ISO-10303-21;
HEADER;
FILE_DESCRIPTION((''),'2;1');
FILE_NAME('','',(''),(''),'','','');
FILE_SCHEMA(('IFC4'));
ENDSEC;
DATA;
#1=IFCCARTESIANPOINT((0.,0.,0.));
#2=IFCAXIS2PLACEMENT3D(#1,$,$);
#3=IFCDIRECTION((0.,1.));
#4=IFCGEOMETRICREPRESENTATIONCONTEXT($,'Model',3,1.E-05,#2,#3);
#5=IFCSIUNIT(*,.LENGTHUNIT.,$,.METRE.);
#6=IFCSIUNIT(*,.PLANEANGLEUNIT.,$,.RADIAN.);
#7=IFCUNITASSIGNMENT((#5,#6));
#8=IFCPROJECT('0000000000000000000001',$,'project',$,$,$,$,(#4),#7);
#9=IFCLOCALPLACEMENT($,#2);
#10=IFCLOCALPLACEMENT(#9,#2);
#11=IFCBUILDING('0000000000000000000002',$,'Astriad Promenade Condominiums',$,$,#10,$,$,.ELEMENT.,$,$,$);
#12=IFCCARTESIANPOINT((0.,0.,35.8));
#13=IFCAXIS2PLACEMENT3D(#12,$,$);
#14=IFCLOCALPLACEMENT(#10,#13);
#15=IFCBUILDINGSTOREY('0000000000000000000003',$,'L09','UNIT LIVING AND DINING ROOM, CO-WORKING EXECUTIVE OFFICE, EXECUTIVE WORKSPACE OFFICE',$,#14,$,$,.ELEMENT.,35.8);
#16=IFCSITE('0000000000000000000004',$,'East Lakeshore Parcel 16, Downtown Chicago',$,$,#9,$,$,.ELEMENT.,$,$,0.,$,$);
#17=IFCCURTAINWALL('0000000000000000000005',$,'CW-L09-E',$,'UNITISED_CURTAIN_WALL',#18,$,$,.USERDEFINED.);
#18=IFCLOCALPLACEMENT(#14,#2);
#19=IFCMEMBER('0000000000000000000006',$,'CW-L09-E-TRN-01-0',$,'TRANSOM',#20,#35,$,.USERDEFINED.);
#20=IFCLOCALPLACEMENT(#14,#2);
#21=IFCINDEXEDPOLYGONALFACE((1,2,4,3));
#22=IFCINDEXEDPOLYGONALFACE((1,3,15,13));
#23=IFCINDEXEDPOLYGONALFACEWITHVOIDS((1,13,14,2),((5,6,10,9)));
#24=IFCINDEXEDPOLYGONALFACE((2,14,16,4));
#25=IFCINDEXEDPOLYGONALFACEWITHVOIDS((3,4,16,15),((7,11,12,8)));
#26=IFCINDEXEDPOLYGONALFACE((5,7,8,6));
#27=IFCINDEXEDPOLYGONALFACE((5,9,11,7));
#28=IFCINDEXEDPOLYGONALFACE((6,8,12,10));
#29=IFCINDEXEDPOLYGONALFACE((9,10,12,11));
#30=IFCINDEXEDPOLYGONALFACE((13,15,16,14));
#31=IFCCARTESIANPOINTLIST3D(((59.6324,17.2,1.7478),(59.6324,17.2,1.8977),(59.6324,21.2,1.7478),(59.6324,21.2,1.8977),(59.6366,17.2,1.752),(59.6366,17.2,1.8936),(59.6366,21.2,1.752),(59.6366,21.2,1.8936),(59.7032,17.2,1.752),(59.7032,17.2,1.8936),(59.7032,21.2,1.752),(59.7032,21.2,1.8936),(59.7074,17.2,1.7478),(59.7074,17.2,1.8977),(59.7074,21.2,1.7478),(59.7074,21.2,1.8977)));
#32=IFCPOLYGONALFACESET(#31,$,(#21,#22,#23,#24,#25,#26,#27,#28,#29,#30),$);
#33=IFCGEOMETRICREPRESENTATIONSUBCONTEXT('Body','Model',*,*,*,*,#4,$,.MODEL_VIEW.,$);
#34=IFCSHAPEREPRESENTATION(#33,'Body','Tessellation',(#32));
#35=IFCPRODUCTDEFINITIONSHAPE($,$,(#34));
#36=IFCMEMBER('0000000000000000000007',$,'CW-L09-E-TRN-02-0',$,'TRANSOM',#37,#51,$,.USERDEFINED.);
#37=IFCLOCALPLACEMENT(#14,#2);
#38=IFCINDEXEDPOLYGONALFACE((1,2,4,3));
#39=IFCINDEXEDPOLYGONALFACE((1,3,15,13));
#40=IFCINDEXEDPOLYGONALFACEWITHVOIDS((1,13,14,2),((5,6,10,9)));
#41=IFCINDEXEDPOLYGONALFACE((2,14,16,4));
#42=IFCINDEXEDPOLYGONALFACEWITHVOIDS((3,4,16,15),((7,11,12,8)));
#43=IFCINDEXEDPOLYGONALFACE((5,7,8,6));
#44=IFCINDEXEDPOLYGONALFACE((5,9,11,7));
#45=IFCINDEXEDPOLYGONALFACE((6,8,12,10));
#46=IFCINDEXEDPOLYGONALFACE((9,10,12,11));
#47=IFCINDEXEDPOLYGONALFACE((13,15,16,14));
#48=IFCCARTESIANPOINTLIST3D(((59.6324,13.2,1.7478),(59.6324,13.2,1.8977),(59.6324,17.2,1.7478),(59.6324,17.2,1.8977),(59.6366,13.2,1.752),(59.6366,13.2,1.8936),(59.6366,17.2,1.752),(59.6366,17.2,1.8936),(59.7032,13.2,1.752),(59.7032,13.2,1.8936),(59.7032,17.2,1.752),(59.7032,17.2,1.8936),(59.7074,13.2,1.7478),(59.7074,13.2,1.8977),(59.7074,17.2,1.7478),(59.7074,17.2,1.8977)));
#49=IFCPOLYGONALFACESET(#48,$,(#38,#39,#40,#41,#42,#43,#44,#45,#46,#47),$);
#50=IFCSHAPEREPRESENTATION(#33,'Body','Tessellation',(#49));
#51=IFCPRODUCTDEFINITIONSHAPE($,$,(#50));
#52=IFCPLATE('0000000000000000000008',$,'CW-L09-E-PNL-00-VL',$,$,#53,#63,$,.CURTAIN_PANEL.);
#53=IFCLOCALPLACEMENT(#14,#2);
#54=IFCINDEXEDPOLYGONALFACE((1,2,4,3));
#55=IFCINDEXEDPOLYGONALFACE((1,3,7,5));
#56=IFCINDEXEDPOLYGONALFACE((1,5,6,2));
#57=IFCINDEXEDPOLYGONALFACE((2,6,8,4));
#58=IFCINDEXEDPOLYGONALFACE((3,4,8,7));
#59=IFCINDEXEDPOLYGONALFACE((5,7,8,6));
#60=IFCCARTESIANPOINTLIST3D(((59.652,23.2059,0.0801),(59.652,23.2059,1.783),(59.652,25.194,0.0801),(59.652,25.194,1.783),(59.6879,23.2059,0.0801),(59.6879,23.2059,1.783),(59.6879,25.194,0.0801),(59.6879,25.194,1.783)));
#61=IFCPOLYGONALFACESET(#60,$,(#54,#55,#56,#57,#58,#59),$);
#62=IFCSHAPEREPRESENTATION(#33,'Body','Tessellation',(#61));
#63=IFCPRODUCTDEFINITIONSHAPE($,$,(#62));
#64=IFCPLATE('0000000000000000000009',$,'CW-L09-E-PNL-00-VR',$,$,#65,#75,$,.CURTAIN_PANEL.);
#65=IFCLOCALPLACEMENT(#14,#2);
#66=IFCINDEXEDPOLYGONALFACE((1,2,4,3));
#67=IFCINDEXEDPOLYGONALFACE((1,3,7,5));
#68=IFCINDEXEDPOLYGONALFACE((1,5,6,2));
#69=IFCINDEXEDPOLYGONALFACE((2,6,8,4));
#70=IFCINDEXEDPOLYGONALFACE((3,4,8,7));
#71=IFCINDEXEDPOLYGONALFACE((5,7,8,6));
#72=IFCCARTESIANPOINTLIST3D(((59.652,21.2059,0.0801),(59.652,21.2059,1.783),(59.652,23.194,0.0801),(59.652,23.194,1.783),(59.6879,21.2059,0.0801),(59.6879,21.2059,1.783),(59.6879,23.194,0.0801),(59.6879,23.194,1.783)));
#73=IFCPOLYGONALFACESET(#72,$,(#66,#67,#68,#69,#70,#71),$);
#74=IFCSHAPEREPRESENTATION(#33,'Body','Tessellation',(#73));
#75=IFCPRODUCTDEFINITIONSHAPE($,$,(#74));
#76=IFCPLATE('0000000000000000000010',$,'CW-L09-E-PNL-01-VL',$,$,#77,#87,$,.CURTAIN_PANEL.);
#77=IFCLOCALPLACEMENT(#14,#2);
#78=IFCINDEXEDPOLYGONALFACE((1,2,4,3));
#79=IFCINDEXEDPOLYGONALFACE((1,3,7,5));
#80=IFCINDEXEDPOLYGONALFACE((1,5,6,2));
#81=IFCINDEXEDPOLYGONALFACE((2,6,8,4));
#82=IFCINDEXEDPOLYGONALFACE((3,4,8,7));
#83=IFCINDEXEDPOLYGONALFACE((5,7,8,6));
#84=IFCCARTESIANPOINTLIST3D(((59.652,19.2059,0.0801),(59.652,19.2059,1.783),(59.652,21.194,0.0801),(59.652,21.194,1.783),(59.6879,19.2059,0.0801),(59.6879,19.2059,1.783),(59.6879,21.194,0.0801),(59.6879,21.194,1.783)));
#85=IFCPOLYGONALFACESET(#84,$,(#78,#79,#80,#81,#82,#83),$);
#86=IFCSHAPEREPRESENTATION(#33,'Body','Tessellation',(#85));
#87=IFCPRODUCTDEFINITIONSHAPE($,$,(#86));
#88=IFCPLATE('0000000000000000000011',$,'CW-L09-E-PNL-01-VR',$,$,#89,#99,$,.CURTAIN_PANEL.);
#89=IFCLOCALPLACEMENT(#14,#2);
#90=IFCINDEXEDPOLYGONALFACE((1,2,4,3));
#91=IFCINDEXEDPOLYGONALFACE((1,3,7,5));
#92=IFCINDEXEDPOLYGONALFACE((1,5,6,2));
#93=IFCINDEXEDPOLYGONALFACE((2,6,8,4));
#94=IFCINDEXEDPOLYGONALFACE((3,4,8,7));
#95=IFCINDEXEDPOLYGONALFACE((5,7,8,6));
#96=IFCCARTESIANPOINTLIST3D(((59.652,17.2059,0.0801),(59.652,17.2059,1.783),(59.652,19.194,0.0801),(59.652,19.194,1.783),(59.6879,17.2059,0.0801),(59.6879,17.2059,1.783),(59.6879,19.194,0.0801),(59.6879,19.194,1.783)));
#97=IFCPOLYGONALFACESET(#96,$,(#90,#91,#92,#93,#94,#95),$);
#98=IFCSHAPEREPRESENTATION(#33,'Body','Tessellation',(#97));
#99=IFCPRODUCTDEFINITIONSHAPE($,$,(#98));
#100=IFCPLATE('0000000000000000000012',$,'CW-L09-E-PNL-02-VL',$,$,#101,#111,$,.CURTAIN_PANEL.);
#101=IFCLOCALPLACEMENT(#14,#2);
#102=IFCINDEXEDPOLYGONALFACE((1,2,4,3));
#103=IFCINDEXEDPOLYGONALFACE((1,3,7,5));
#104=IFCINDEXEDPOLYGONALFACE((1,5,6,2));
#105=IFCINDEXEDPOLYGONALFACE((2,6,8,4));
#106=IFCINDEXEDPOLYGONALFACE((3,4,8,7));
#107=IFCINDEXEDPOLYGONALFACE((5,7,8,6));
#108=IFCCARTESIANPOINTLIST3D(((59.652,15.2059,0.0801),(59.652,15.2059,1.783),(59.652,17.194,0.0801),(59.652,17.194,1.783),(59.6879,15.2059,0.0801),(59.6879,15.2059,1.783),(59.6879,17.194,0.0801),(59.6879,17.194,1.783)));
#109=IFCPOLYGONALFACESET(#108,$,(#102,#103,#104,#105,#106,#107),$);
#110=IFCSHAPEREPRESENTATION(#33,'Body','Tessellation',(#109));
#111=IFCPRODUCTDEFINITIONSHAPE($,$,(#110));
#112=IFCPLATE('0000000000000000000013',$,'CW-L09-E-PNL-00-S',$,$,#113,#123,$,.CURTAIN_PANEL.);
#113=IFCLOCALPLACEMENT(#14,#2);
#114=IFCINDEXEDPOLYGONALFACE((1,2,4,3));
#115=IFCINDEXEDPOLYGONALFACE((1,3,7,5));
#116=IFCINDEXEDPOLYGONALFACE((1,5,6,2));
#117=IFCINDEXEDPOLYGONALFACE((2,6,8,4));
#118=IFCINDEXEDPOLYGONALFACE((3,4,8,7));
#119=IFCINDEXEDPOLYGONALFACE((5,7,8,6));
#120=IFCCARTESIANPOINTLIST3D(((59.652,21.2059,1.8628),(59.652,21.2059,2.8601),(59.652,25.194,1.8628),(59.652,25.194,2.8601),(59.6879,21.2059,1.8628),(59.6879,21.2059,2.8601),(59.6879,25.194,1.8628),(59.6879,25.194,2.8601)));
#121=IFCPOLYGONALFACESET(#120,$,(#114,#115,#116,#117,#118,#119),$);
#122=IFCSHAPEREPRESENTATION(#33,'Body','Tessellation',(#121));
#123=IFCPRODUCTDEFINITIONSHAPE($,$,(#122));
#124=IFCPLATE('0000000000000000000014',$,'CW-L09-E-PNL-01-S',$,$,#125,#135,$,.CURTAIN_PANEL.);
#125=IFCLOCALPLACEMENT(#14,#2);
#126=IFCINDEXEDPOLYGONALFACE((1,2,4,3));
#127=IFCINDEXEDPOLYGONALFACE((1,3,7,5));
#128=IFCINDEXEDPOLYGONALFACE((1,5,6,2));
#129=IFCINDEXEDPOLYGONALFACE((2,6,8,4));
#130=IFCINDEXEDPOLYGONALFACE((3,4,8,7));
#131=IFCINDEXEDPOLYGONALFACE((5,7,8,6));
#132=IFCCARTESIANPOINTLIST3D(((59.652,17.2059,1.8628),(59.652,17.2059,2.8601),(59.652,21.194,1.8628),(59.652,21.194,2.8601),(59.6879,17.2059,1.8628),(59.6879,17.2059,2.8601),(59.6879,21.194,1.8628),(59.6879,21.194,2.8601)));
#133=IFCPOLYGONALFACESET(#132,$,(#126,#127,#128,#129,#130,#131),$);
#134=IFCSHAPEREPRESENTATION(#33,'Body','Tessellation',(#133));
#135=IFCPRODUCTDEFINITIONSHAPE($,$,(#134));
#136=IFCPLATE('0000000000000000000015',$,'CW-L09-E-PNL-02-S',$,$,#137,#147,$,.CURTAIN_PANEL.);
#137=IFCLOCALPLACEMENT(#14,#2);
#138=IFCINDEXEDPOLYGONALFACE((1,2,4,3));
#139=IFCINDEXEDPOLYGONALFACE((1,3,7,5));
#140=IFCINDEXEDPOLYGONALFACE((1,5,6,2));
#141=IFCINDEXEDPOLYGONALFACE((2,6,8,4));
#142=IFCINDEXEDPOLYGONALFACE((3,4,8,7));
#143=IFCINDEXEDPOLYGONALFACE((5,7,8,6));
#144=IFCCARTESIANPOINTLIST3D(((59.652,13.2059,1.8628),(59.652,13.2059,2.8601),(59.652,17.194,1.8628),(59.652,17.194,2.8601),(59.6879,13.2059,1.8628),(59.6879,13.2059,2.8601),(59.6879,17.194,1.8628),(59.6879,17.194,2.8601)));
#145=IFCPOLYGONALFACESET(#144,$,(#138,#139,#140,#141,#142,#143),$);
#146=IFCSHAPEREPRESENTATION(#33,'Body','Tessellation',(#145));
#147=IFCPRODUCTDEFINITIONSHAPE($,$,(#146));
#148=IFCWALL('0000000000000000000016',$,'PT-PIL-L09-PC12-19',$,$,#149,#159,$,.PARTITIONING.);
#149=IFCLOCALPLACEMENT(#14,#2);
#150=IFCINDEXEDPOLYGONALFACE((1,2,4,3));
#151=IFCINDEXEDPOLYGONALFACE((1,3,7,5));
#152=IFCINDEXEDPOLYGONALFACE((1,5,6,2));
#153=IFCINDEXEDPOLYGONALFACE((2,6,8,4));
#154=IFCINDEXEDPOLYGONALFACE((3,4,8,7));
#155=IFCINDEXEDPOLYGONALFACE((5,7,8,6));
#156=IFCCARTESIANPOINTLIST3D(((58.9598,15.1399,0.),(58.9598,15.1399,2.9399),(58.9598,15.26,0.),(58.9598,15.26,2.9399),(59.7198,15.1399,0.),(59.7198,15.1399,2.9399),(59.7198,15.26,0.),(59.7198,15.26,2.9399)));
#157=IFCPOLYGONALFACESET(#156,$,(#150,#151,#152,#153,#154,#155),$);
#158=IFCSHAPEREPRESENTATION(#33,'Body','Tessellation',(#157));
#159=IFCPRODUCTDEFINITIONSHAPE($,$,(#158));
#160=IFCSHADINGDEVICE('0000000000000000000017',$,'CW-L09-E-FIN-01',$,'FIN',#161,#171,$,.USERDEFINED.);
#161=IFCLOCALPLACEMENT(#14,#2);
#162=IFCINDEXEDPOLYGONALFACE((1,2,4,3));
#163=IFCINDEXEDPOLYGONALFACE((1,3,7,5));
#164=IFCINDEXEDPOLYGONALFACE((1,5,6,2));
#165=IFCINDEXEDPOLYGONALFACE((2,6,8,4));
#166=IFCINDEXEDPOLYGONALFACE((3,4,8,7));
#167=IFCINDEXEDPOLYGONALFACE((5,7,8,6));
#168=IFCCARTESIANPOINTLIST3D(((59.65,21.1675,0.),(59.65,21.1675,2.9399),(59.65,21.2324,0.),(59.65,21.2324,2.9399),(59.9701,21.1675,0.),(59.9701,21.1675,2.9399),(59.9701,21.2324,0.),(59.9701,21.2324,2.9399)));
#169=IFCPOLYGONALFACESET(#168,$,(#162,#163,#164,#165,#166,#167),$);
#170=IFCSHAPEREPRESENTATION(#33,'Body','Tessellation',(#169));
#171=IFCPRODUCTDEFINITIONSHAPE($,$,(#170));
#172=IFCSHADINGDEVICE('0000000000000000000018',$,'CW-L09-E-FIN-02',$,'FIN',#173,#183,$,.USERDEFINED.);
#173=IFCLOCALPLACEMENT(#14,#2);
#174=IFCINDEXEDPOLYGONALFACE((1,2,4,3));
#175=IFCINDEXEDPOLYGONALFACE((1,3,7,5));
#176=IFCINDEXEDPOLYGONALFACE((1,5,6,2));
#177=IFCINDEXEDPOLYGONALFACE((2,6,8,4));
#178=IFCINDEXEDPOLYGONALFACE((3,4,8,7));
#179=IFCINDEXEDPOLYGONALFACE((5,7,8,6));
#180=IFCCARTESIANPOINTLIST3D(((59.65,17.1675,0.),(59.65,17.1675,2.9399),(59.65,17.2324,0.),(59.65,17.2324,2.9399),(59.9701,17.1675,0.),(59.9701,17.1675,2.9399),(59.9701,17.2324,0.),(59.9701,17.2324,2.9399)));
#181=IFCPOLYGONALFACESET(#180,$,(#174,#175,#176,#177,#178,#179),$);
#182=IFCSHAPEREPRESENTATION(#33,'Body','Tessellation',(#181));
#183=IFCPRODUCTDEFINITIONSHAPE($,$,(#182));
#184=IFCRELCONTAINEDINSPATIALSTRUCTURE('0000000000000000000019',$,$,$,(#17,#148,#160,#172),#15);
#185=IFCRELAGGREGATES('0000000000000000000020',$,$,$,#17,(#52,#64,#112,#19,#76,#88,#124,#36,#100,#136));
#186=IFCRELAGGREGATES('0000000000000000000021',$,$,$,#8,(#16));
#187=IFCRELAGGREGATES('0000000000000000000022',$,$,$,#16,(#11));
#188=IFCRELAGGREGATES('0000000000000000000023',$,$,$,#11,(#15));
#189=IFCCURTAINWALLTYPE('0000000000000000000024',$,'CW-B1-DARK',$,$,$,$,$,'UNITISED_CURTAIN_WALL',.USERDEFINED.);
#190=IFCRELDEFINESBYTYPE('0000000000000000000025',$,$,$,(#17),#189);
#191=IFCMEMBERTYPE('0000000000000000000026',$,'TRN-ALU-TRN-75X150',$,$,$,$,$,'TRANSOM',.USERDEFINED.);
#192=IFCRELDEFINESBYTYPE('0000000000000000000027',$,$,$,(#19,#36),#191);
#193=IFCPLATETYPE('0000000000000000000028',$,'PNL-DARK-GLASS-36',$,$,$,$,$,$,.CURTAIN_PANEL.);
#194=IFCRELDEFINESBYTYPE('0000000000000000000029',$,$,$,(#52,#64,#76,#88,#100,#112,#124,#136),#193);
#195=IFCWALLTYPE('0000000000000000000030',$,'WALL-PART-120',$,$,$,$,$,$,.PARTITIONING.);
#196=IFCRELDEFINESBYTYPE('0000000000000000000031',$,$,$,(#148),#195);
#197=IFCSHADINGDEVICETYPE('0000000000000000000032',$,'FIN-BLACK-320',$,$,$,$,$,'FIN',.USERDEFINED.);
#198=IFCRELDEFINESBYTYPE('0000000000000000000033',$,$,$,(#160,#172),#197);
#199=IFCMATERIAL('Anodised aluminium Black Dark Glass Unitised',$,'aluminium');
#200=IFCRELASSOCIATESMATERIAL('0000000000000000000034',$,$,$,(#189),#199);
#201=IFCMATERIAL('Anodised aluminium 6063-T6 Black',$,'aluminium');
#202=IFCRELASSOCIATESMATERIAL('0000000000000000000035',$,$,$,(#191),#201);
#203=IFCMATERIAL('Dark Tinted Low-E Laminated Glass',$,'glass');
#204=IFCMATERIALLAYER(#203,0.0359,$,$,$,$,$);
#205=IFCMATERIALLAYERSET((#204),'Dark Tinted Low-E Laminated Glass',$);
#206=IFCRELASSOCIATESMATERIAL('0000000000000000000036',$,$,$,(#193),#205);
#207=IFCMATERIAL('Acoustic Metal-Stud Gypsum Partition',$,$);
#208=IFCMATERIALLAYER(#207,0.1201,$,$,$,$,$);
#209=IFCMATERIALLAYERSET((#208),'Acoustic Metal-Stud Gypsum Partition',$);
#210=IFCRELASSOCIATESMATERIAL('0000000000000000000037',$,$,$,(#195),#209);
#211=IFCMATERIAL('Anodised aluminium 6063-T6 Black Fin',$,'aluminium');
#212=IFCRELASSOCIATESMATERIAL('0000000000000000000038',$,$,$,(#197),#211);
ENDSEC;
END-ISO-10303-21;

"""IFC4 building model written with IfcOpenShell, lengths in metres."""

from ifc_helpers import new_model, si_unit, direction, frame, frame_2d, origin, origin_2d, place, context, subcontext, project, spatial, rectangle, hollow_rectangle, extrude, source, transform, mapped, material, layer, layer_set, material_profile, profile_set, type_object, type_shapes, element, aggregate, save


model = new_model("IFC4")

# Units and contexts
model_context = context("Model", 3, precision=1e-05, world=origin(), true_north=direction((0.0, 1.0)))
body_context = subcontext(model_context, "Body", "Model", "MODEL_VIEW")
ifc_project = project(units=[si_unit("LENGTHUNIT", "METRE"), si_unit("PLANEANGLEUNIT", "RADIAN")], contexts=[model_context])

# Site, building, storey
site_placement = place(None, origin())
site = spatial("IfcSite", under=ifc_project, at=site_placement, Name="East Lakeshore Parcel 16, Downtown Chicago", CompositionType="ELEMENT", RefElevation=0.0)
building_placement = place(site_placement, origin())
building = spatial("IfcBuilding", under=site, at=building_placement, Name="Astriad Promenade Condominiums", CompositionType="ELEMENT")
storey_placement = place(building_placement, frame((0.0, 0.0, 35.8)))
storey = spatial("IfcBuildingStorey", under=building, at=storey_placement, Name="L09", Description="UNIT LIVING AND DINING ROOM, CO-WORKING EXECUTIVE OFFICE, EXECUTIVE WORKSPACE OFFICE", CompositionType="ELEMENT", Elevation=35.8)

# Curtain wall, members, plates
ifc_material_1 = material(Name="Anodised aluminium Black Dark Glass Unitised", Category="aluminium")
curtain_wall_type = type_object("IfcCurtainWallType", Name="CW-B1-DARK", ElementType="UNITISED_CURTAIN_WALL", PredefinedType="USERDEFINED", material=ifc_material_1)
curtain_wall_placement = place(storey_placement, origin())
curtain_wall = element("IfcCurtainWall", 1, at=curtain_wall_placement, inside=storey, type_object=curtain_wall_type, Name="CW-L09-E", ObjectType="UNITISED_CURTAIN_WALL", PredefinedType="USERDEFINED")
ifc_material_2 = material(Name="Anodised aluminium 6063-T6 Black", Category="aluminium")
ifc_material_profile_1 = material_profile(ifc_material_2, hollow_rectangle(XDim=0.075, YDim=0.1499, WallThickness=0.0042, at=origin_2d()), Name="ALU-TRN-75X150")
ifc_profile_set_1 = profile_set([ifc_material_profile_1], Name="Anodised aluminium 6063-T6 Black")
member_type_1 = type_object("IfcMemberType", Name="TRN-ALU-TRN-75X150", ElementType="TRANSOM", PredefinedType="USERDEFINED", material=ifc_profile_set_1)
shared_shape_1 = source(origin(), body_context, "Body", "SweptSolid", [
    extrude(hollow_rectangle(XDim=0.075, YDim=0.1499, WallThickness=0.0042, at=origin_2d()), origin(), (0.0, 0.0, 1.0), 4.0),
])
type_shapes(member_type_1, [shared_shape_1])
member_1_placement = place(storey_placement, frame((59.6699, 21.2, 1.8228), z_axis=(0.0, -1.0, 0.0), x_axis=(1.0, 0.0, 0.0)))
member_1 = element("IfcMember", 2, at=member_1_placement, type_object=member_type_1, Name="CW-L09-E-TRN-01-0", ObjectType="TRANSOM", PredefinedType="USERDEFINED", context=body_context, shape_type="MappedRepresentation", body=[
    mapped(shared_shape_1, transform((0.0, 0.0, 0.0), scale=1.0)),
])
member_2_placement = place(storey_placement, frame((59.6699, 17.2, 1.8228), z_axis=(0.0, -1.0, 0.0), x_axis=(1.0, 0.0, 0.0)))
member_2 = element("IfcMember", 3, at=member_2_placement, type_object=member_type_1, Name="CW-L09-E-TRN-02-0", ObjectType="TRANSOM", PredefinedType="USERDEFINED", context=body_context, shape_type="MappedRepresentation", body=[
    mapped(shared_shape_1, transform((0.0, 0.0, 0.0), scale=1.0)),
])
ifc_material_3 = material(Name="Dark Tinted Low-E Laminated Glass", Category="glass")
ifc_layer_1 = layer(ifc_material_3, 0.0359)
ifc_layer_set_1 = layer_set([ifc_layer_1], Name="Dark Tinted Low-E Laminated Glass")
plate_type = type_object("IfcPlateType", Name="PNL-DARK-GLASS-36", PredefinedType="CURTAIN_PANEL", material=ifc_layer_set_1)
shared_shape_2 = source(origin(), body_context, "Body", "SweptSolid", [
    extrude(rectangle(XDim=1.988, YDim=0.0359, at=origin_2d()), origin(), (0.0, 0.0, 1.0), 1.7029),
])
plate_1_placement = place(storey_placement, frame((59.6699, 24.2, 0.0801), z_axis=(0.0, 0.0, 1.0), x_axis=(0.0, -1.0, 0.0)))
plate_1 = element("IfcPlate", 4, at=plate_1_placement, type_object=plate_type, Name="CW-L09-E-PNL-00-VL", PredefinedType="CURTAIN_PANEL", context=body_context, shape_type="MappedRepresentation", body=[
    mapped(shared_shape_2, transform((0.0, 0.0, 0.0), scale=1.0)),
])
plate_2_placement = place(storey_placement, frame((59.6699, 22.2, 0.0801), z_axis=(0.0, 0.0, 1.0), x_axis=(0.0, -1.0, 0.0)))
plate_2 = element("IfcPlate", 5, at=plate_2_placement, type_object=plate_type, Name="CW-L09-E-PNL-00-VR", PredefinedType="CURTAIN_PANEL", context=body_context, shape_type="MappedRepresentation", body=[
    mapped(shared_shape_2, transform((0.0, 0.0, 0.0), scale=1.0)),
])
plate_3_placement = place(storey_placement, frame((59.6699, 20.2, 0.0801), z_axis=(0.0, 0.0, 1.0), x_axis=(0.0, -1.0, 0.0)))
plate_3 = element("IfcPlate", 6, at=plate_3_placement, type_object=plate_type, Name="CW-L09-E-PNL-01-VL", PredefinedType="CURTAIN_PANEL", context=body_context, shape_type="MappedRepresentation", body=[
    mapped(shared_shape_2, transform((0.0, 0.0, 0.0), scale=1.0)),
])
plate_4_placement = place(storey_placement, frame((59.6699, 18.2, 0.0801), z_axis=(0.0, 0.0, 1.0), x_axis=(0.0, -1.0, 0.0)))
plate_4 = element("IfcPlate", 7, at=plate_4_placement, type_object=plate_type, Name="CW-L09-E-PNL-01-VR", PredefinedType="CURTAIN_PANEL", context=body_context, shape_type="MappedRepresentation", body=[
    mapped(shared_shape_2, transform((0.0, 0.0, 0.0), scale=1.0)),
])
plate_5_placement = place(storey_placement, frame((59.6699, 16.2, 0.0801), z_axis=(0.0, 0.0, 1.0), x_axis=(0.0, -1.0, 0.0)))
plate_5 = element("IfcPlate", 8, at=plate_5_placement, type_object=plate_type, Name="CW-L09-E-PNL-02-VL", PredefinedType="CURTAIN_PANEL", context=body_context, shape_type="MappedRepresentation", body=[
    mapped(shared_shape_2, transform((0.0, 0.0, 0.0), scale=1.0)),
])
shared_shape_3 = source(origin(), body_context, "Body", "SweptSolid", [
    extrude(rectangle(XDim=3.988, YDim=0.0359, at=origin_2d()), origin(), (0.0, 0.0, 1.0), 0.9973),
])
type_shapes(plate_type, [shared_shape_2, shared_shape_3])
plate_6_placement = place(storey_placement, frame((59.6699, 23.2, 1.8628), z_axis=(0.0, 0.0, 1.0), x_axis=(0.0, -1.0, 0.0)))
plate_6 = element("IfcPlate", 9, at=plate_6_placement, type_object=plate_type, Name="CW-L09-E-PNL-00-S", PredefinedType="CURTAIN_PANEL", context=body_context, shape_type="MappedRepresentation", body=[
    mapped(shared_shape_3, transform((0.0, 0.0, 0.0), scale=1.0)),
])
plate_7_placement = place(storey_placement, frame((59.6699, 19.2, 1.8628), z_axis=(0.0, 0.0, 1.0), x_axis=(0.0, -1.0, 0.0)))
plate_7 = element("IfcPlate", 10, at=plate_7_placement, type_object=plate_type, Name="CW-L09-E-PNL-01-S", PredefinedType="CURTAIN_PANEL", context=body_context, shape_type="MappedRepresentation", body=[
    mapped(shared_shape_3, transform((0.0, 0.0, 0.0), scale=1.0)),
])
plate_8_placement = place(storey_placement, frame((59.6699, 15.2, 1.8628), z_axis=(0.0, 0.0, 1.0), x_axis=(0.0, -1.0, 0.0)))
plate_8 = element("IfcPlate", 11, at=plate_8_placement, type_object=plate_type, Name="CW-L09-E-PNL-02-S", PredefinedType="CURTAIN_PANEL", context=body_context, shape_type="MappedRepresentation", body=[
    mapped(shared_shape_3, transform((0.0, 0.0, 0.0), scale=1.0)),
])
aggregate(curtain_wall, [plate_1, plate_2, plate_6, member_1, plate_3, plate_4, plate_7, member_2, plate_5, plate_8])

# Wall
ifc_material_4 = material(Name="Acoustic Metal-Stud Gypsum Partition")
ifc_layer_2 = layer(ifc_material_4, 0.1201)
ifc_layer_set_2 = layer_set([ifc_layer_2], Name="Acoustic Metal-Stud Gypsum Partition")
wall_type = type_object("IfcWallType", Name="WALL-PART-120", PredefinedType="PARTITIONING", material=ifc_layer_set_2)
wall_placement = place(storey_placement, frame((58.96, 15.2, 0.0), z_axis=(0.0, 0.0, 1.0), x_axis=(1.0, 0.0, 0.0)))
element("IfcWall", 12, at=wall_placement, inside=storey, type_object=wall_type, Name="PT-PIL-L09-PC12-19", PredefinedType="PARTITIONING", context=body_context, shape_type="SweptSolid", body=[
    extrude(rectangle(XDim=0.76, YDim=0.1201, at=frame_2d((0.3799, 0.0))), origin(), (0.0, 0.0, 1.0), 2.9399),
])

# Shading devices
ifc_material_5 = material(Name="Anodised aluminium 6063-T6 Black Fin", Category="aluminium")
shading_device_type = type_object("IfcShadingDeviceType", Name="FIN-BLACK-320", ElementType="FIN", PredefinedType="USERDEFINED", material=ifc_material_5)
shared_shape_4 = source(origin(), body_context, "Body", "SweptSolid", [
    extrude(rectangle(XDim=0.0649, YDim=0.3201, at=origin_2d()), origin(), (0.0, 0.0, 1.0), 2.9399),
])
type_shapes(shading_device_type, [shared_shape_4])
for number, where, z_axis, x_axis, name in (
    (13, (59.8101, 21.2, 0.0), (0.0, 0.0, 1.0), (0.0, -1.0, 0.0), "CW-L09-E-FIN-01"),
    (14, (59.8101, 17.2, 0.0), (0.0, 0.0, 1.0), (0.0, -1.0, 0.0), "CW-L09-E-FIN-02"),
):
    element("IfcShadingDevice", number, at=place(storey_placement, frame(where, z_axis=z_axis, x_axis=x_axis)), inside=storey, type_object=shading_device_type, Name=name, ObjectType="FIN", PredefinedType="USERDEFINED", context=body_context, shape_type="MappedRepresentation", body=[
        mapped(shared_shape_4, transform((0.0, 0.0, 0.0), scale=1.0)),
    ])

save(model, "model.ifc")
